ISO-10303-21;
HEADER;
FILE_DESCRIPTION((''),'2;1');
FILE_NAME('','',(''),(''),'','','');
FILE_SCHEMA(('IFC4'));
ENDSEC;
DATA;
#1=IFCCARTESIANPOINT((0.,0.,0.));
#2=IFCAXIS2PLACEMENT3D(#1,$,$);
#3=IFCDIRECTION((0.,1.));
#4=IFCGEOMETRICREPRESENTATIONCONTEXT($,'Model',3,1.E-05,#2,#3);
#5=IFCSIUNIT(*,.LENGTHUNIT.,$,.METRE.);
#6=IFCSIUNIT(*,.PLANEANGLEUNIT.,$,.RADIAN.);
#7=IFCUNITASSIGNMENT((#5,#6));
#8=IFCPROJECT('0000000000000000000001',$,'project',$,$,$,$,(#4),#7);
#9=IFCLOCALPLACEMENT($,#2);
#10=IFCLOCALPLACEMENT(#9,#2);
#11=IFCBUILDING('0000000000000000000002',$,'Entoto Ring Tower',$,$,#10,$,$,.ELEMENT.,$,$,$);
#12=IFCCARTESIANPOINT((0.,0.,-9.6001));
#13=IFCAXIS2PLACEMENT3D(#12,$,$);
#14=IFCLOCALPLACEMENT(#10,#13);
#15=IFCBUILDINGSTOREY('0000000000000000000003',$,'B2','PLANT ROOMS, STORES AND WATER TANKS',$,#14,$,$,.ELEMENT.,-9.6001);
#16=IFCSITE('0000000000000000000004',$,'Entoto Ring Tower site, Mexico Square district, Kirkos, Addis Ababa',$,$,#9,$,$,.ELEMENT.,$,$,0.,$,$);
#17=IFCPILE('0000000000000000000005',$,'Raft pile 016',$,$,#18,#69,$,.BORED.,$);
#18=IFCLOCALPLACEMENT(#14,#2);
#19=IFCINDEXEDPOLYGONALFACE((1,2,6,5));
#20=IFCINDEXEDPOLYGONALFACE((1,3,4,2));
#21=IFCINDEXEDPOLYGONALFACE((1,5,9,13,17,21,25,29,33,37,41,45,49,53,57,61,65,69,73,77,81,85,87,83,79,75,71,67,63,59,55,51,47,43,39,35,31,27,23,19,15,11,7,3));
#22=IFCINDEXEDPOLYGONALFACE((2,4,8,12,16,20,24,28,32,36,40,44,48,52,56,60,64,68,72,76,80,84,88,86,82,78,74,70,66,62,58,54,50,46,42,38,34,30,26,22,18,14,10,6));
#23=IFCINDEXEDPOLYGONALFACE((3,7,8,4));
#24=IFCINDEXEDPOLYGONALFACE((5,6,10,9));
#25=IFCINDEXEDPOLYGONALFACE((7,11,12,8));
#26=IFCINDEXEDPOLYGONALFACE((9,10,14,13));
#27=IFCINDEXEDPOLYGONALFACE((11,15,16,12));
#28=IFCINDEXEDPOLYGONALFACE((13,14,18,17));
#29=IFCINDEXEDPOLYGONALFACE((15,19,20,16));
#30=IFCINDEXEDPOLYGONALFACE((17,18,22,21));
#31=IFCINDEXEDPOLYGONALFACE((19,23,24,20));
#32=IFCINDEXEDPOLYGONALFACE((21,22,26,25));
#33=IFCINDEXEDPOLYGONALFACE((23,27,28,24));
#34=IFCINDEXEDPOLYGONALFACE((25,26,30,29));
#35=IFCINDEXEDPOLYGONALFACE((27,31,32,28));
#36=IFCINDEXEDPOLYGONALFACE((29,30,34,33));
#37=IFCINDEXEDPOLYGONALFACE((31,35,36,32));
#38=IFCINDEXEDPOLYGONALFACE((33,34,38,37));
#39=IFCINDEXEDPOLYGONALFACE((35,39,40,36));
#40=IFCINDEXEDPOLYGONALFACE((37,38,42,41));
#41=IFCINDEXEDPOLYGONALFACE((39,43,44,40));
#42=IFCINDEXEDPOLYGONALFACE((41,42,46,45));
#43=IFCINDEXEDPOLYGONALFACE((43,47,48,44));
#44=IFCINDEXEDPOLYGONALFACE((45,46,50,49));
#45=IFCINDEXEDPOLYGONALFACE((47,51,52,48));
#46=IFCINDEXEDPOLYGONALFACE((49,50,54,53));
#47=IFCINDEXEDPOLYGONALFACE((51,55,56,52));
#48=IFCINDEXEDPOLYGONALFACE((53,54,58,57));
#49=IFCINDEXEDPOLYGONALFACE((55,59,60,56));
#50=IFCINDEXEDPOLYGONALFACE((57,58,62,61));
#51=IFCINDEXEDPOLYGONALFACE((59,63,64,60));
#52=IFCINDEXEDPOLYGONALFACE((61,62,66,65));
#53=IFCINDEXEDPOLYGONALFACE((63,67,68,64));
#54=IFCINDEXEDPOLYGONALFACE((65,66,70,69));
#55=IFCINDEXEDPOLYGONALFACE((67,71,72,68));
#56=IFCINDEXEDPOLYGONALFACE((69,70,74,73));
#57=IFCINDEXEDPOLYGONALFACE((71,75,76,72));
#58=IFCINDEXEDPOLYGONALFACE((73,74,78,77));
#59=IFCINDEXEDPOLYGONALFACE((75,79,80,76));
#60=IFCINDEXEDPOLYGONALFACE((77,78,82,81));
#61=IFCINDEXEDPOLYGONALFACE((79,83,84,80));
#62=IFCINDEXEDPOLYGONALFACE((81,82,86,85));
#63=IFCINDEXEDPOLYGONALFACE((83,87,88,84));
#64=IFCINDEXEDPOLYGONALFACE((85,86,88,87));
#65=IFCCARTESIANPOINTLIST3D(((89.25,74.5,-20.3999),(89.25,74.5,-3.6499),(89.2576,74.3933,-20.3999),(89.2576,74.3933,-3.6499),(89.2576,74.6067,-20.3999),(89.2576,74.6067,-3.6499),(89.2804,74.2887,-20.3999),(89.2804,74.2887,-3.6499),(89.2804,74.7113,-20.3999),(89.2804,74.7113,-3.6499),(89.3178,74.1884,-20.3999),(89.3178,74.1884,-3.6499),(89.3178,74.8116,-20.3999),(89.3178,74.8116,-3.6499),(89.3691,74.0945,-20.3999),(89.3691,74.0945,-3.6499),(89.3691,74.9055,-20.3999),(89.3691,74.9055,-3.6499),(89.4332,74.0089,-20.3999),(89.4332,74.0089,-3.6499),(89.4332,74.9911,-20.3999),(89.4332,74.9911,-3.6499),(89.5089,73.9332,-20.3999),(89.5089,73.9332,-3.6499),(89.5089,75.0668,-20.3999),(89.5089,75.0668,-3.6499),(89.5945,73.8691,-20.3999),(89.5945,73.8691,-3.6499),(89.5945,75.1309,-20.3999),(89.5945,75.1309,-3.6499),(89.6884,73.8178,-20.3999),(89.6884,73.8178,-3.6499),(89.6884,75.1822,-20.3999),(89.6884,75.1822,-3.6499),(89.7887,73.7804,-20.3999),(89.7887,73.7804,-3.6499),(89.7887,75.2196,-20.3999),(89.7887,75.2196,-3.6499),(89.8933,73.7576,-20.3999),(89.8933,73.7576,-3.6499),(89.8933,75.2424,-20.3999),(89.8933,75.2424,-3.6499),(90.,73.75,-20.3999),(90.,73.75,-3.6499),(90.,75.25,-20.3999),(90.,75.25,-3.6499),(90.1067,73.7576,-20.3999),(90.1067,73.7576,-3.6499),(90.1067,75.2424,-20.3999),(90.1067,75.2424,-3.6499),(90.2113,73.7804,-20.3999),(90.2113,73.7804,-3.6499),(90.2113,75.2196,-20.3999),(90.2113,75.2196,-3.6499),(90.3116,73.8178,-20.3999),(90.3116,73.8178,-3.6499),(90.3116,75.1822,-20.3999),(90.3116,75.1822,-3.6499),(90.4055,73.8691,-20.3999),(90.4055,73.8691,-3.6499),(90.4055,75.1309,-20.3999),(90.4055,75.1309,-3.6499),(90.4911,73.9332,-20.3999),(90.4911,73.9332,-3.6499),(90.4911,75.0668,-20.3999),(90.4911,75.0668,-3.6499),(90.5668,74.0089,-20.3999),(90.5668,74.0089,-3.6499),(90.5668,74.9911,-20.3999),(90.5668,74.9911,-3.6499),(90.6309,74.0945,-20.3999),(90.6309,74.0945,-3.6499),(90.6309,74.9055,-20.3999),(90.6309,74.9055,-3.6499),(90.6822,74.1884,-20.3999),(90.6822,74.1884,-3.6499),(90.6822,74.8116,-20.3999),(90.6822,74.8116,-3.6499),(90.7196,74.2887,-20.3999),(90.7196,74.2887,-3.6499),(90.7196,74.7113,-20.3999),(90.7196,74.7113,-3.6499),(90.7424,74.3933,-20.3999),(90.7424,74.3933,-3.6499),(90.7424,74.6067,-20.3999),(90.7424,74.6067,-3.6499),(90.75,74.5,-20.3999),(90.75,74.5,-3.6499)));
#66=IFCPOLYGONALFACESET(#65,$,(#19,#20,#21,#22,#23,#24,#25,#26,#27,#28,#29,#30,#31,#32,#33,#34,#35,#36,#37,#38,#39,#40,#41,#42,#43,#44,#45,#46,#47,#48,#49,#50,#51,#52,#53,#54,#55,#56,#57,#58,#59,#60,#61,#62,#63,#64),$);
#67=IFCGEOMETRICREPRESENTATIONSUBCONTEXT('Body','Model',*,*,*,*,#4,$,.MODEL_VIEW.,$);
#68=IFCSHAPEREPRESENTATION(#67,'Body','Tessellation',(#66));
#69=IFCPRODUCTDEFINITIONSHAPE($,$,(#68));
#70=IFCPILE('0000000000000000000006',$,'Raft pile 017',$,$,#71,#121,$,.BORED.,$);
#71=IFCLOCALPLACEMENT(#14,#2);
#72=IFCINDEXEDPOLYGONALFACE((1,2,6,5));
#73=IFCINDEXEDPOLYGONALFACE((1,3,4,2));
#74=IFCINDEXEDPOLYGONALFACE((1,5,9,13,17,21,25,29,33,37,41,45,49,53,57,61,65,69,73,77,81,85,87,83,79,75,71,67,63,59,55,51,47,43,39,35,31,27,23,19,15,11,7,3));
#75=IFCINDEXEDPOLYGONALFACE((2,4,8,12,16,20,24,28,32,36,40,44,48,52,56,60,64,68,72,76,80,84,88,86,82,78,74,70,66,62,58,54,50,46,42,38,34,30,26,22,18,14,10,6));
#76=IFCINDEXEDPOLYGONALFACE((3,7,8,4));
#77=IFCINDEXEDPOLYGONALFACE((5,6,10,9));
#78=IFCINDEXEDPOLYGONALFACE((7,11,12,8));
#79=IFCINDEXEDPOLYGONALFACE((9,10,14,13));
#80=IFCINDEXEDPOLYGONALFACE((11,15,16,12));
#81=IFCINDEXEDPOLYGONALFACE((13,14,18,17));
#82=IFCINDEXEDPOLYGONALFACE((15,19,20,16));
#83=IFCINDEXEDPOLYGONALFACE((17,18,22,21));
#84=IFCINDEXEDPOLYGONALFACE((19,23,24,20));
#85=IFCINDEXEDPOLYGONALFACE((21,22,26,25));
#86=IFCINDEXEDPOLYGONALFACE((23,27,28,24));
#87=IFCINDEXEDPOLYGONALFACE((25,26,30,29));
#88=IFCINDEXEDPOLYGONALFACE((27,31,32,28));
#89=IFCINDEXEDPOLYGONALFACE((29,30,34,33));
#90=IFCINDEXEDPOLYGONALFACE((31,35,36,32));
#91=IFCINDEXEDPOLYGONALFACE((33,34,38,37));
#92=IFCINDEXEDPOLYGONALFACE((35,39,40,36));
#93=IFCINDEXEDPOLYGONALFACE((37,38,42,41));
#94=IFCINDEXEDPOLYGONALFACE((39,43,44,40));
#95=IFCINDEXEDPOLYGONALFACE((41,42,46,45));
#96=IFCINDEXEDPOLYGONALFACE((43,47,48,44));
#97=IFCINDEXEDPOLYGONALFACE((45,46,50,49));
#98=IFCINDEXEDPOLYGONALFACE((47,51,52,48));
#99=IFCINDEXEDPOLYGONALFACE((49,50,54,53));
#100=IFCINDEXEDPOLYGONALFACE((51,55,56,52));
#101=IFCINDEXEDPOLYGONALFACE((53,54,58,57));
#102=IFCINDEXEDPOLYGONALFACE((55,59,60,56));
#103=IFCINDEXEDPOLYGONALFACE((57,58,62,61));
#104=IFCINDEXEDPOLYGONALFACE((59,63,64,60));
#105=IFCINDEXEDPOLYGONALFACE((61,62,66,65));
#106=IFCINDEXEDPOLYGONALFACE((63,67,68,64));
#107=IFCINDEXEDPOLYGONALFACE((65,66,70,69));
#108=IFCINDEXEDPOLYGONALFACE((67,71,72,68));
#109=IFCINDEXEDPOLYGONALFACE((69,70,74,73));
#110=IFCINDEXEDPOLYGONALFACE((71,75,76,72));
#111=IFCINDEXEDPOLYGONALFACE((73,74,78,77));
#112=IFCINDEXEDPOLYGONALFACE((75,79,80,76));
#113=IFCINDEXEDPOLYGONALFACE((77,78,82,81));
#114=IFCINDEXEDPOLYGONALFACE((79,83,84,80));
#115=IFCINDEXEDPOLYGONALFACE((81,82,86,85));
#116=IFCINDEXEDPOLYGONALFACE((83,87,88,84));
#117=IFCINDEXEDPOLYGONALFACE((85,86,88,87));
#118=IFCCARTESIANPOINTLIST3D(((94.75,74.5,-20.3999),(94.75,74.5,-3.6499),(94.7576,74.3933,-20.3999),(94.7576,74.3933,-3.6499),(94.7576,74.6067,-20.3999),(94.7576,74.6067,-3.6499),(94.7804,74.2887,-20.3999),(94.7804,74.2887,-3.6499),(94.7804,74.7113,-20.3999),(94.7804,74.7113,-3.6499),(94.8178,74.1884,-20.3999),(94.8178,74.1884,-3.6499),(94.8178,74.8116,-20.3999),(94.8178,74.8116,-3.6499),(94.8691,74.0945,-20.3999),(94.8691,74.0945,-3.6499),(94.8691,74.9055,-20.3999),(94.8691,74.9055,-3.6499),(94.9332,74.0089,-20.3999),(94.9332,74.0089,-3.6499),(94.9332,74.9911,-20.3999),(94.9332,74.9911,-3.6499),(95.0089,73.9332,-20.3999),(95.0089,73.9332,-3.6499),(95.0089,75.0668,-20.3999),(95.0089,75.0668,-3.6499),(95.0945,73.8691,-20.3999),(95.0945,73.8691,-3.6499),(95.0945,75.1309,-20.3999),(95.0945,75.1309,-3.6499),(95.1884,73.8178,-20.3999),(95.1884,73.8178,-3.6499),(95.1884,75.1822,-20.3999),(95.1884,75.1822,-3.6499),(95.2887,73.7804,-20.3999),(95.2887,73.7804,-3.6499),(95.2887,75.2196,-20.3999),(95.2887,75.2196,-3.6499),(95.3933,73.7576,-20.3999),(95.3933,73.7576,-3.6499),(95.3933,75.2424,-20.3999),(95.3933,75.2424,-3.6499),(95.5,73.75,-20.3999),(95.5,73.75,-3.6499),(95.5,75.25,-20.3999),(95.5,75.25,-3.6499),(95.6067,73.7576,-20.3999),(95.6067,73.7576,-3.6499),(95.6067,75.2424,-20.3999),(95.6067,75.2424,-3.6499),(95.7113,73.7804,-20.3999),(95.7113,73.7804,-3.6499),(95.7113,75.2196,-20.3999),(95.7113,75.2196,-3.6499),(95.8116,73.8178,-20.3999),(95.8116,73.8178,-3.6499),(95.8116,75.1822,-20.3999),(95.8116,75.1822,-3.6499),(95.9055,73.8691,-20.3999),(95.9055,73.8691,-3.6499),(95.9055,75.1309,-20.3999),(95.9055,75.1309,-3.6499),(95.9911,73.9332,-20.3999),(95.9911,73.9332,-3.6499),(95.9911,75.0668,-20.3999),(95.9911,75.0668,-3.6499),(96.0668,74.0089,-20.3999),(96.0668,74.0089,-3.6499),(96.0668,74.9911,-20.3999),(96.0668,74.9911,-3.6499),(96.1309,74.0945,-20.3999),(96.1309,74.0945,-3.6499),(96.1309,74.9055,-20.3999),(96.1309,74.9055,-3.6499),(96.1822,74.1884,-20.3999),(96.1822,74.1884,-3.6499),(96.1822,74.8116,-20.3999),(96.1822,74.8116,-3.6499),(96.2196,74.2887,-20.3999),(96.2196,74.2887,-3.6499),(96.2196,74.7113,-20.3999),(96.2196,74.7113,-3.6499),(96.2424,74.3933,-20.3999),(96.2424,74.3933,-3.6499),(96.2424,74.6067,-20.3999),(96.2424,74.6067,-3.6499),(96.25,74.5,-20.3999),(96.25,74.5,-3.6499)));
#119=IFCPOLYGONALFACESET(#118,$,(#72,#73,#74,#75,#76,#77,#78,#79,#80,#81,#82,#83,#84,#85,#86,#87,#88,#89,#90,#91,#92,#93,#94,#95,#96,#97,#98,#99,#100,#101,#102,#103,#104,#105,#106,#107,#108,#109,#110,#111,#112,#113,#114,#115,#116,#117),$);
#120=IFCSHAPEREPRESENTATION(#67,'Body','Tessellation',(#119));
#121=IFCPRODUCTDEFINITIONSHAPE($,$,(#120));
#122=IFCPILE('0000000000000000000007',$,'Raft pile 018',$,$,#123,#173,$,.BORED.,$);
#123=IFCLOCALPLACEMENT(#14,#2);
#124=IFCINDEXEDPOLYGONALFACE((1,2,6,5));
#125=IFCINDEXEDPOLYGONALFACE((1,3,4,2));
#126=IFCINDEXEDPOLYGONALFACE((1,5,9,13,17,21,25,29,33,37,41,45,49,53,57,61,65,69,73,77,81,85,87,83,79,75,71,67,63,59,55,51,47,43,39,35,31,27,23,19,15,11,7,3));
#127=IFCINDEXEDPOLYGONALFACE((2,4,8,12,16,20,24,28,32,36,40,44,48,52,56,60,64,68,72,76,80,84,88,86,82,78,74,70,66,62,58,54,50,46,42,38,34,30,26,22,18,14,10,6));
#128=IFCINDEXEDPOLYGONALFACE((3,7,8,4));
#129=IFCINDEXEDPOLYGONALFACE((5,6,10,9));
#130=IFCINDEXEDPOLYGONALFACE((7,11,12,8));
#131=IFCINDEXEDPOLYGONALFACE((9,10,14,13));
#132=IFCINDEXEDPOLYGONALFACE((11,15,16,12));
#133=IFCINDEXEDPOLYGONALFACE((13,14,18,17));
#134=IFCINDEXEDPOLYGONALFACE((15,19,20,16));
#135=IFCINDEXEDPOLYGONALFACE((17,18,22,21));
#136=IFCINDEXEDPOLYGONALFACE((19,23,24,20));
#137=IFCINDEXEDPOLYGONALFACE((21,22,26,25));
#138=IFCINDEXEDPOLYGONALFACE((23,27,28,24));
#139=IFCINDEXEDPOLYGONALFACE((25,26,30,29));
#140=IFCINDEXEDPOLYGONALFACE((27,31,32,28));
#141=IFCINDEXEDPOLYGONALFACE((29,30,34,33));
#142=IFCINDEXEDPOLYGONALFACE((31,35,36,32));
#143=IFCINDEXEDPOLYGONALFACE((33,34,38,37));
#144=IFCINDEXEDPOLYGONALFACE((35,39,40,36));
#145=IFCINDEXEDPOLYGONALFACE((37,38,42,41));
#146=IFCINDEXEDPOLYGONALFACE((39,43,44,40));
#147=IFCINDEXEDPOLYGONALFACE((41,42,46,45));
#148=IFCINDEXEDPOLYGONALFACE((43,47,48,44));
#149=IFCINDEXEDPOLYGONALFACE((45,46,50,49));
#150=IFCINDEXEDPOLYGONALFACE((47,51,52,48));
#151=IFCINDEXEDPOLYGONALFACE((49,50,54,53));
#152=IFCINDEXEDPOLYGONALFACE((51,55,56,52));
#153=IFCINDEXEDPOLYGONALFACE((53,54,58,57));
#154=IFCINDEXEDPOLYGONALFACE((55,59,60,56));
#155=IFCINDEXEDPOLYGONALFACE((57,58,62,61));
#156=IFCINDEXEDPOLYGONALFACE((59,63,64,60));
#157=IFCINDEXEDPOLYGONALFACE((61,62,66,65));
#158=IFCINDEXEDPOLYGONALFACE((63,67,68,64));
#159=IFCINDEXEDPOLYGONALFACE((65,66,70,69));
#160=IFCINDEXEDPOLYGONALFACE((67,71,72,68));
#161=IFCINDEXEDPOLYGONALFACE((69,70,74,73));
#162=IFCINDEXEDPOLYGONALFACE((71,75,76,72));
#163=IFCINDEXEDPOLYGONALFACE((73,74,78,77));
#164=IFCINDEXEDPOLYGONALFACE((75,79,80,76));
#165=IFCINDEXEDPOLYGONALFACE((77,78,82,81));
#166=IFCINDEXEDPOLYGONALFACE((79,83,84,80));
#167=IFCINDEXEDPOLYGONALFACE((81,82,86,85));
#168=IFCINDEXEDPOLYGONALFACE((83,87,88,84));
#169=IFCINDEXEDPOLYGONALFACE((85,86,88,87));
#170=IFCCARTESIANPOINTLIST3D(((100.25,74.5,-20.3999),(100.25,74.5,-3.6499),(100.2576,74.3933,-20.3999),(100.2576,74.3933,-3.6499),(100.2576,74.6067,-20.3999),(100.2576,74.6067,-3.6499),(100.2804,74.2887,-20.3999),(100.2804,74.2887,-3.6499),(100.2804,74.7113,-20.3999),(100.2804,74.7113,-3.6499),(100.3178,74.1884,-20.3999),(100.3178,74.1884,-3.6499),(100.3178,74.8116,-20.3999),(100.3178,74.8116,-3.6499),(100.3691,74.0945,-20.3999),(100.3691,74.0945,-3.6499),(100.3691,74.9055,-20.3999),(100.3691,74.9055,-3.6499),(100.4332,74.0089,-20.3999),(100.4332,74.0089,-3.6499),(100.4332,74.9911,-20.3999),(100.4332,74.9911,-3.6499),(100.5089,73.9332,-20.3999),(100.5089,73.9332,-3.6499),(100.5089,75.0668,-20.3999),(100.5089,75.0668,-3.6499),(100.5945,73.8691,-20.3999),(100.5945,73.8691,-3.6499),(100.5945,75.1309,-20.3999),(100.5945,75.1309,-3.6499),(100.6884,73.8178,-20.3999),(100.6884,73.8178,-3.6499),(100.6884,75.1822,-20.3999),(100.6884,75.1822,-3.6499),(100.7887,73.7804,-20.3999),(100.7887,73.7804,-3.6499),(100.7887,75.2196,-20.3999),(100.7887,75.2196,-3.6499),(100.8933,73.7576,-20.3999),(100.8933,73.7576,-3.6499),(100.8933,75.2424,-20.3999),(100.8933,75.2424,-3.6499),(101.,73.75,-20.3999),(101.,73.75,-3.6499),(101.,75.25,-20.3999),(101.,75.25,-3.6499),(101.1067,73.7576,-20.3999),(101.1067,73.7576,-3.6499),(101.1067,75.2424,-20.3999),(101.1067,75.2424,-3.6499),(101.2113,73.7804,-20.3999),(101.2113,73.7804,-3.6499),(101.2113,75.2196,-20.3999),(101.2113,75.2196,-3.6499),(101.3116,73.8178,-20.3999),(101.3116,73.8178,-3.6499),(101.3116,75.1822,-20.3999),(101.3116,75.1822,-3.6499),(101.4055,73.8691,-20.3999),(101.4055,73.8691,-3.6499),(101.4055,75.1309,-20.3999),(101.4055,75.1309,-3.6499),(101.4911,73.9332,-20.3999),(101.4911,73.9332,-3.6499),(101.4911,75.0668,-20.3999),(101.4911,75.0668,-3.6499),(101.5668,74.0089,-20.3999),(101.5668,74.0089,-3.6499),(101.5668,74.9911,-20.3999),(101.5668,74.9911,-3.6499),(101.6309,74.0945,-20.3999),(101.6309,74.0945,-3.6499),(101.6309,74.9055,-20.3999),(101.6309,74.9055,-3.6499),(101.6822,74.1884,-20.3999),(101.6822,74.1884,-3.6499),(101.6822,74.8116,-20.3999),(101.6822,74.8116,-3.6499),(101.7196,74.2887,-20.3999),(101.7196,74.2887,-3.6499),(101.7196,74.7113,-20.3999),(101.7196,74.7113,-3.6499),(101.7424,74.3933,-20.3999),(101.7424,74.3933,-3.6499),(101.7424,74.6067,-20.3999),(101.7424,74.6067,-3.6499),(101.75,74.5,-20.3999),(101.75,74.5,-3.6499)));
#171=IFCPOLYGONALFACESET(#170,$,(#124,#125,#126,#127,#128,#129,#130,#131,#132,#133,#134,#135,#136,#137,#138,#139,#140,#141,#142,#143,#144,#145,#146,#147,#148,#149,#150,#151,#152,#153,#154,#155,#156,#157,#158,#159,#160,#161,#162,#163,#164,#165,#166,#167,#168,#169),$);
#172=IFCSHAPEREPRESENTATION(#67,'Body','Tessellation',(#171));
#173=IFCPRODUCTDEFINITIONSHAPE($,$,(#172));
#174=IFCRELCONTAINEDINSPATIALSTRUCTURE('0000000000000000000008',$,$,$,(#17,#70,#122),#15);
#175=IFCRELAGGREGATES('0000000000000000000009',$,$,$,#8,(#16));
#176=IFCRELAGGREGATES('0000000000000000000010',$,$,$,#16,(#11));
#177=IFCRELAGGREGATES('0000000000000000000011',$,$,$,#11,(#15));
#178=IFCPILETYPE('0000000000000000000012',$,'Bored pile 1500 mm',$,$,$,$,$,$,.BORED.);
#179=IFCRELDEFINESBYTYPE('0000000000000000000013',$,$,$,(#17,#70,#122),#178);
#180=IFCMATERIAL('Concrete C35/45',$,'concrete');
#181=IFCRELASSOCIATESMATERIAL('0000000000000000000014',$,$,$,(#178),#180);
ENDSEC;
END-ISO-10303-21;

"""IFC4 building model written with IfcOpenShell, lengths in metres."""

from ifc_helpers import new_model, si_unit, direction, frame, origin, origin_2d, place, context, subcontext, project, spatial, circle, extrude, material, material_profile, profile_set, type_object, element, save


model = new_model("IFC4")

# Units and contexts
model_context = context("Model", 3, precision=1e-05, world=origin(), true_north=direction((0.0, 1.0)))
body_context = subcontext(model_context, "Body", "Model", "MODEL_VIEW")
ifc_project = project(units=[si_unit("LENGTHUNIT", "METRE"), si_unit("PLANEANGLEUNIT", "RADIAN")], contexts=[model_context])

# Site, building, storey
site_placement = place(None, origin())
site = spatial("IfcSite", under=ifc_project, at=site_placement, Name="Entoto Ring Tower site, Mexico Square district, Kirkos, Addis Ababa", CompositionType="ELEMENT", RefElevation=0.0)
building_placement = place(site_placement, origin())
building = spatial("IfcBuilding", under=site, at=building_placement, Name="Entoto Ring Tower", CompositionType="ELEMENT")
storey_placement = place(building_placement, frame((0.0, 0.0, -9.6001)))
storey = spatial("IfcBuildingStorey", under=building, at=storey_placement, Name="B2", Description="PLANT ROOMS, STORES AND WATER TANKS", CompositionType="ELEMENT", Elevation=-9.6001)

# Piles
ifc_material_1 = material(Name="Concrete C35/45", Category="concrete")
ifc_material_profile = material_profile(ifc_material_1, circle(Radius=0.75, at=origin_2d()), Name="Bored pile 1500 mm")
ifc_profile_set = profile_set([ifc_material_profile], Name="Concrete C35/45")
pile_type = type_object("IfcPileType", Name="Bored pile 1500 mm", PredefinedType="BORED", material=ifc_profile_set)
for number, where, z_axis, x_axis, name in (
    (1, (90.0, 74.5, -3.6499), (0.0, 0.0, -1.0), (1.0, 0.0, 0.0), "Raft pile 016"),
    (2, (95.5, 74.5, -3.6499), (0.0, 0.0, -1.0), (1.0, 0.0, 0.0), "Raft pile 017"),
    (3, (101.0, 74.5, -3.6499), (0.0, 0.0, -1.0), (1.0, 0.0, 0.0), "Raft pile 018"),
):
    element("IfcPile", number, at=place(storey_placement, frame(where, z_axis=z_axis, x_axis=x_axis)), inside=storey, type_object=pile_type, Name=name, PredefinedType="BORED", context=body_context, shape_type="SweptSolid", body=[
        extrude(circle(Radius=0.75, at=origin_2d()), origin(), (0.0, 0.0, 1.0), 16.75),
    ])

save(model, "model.ifc")
